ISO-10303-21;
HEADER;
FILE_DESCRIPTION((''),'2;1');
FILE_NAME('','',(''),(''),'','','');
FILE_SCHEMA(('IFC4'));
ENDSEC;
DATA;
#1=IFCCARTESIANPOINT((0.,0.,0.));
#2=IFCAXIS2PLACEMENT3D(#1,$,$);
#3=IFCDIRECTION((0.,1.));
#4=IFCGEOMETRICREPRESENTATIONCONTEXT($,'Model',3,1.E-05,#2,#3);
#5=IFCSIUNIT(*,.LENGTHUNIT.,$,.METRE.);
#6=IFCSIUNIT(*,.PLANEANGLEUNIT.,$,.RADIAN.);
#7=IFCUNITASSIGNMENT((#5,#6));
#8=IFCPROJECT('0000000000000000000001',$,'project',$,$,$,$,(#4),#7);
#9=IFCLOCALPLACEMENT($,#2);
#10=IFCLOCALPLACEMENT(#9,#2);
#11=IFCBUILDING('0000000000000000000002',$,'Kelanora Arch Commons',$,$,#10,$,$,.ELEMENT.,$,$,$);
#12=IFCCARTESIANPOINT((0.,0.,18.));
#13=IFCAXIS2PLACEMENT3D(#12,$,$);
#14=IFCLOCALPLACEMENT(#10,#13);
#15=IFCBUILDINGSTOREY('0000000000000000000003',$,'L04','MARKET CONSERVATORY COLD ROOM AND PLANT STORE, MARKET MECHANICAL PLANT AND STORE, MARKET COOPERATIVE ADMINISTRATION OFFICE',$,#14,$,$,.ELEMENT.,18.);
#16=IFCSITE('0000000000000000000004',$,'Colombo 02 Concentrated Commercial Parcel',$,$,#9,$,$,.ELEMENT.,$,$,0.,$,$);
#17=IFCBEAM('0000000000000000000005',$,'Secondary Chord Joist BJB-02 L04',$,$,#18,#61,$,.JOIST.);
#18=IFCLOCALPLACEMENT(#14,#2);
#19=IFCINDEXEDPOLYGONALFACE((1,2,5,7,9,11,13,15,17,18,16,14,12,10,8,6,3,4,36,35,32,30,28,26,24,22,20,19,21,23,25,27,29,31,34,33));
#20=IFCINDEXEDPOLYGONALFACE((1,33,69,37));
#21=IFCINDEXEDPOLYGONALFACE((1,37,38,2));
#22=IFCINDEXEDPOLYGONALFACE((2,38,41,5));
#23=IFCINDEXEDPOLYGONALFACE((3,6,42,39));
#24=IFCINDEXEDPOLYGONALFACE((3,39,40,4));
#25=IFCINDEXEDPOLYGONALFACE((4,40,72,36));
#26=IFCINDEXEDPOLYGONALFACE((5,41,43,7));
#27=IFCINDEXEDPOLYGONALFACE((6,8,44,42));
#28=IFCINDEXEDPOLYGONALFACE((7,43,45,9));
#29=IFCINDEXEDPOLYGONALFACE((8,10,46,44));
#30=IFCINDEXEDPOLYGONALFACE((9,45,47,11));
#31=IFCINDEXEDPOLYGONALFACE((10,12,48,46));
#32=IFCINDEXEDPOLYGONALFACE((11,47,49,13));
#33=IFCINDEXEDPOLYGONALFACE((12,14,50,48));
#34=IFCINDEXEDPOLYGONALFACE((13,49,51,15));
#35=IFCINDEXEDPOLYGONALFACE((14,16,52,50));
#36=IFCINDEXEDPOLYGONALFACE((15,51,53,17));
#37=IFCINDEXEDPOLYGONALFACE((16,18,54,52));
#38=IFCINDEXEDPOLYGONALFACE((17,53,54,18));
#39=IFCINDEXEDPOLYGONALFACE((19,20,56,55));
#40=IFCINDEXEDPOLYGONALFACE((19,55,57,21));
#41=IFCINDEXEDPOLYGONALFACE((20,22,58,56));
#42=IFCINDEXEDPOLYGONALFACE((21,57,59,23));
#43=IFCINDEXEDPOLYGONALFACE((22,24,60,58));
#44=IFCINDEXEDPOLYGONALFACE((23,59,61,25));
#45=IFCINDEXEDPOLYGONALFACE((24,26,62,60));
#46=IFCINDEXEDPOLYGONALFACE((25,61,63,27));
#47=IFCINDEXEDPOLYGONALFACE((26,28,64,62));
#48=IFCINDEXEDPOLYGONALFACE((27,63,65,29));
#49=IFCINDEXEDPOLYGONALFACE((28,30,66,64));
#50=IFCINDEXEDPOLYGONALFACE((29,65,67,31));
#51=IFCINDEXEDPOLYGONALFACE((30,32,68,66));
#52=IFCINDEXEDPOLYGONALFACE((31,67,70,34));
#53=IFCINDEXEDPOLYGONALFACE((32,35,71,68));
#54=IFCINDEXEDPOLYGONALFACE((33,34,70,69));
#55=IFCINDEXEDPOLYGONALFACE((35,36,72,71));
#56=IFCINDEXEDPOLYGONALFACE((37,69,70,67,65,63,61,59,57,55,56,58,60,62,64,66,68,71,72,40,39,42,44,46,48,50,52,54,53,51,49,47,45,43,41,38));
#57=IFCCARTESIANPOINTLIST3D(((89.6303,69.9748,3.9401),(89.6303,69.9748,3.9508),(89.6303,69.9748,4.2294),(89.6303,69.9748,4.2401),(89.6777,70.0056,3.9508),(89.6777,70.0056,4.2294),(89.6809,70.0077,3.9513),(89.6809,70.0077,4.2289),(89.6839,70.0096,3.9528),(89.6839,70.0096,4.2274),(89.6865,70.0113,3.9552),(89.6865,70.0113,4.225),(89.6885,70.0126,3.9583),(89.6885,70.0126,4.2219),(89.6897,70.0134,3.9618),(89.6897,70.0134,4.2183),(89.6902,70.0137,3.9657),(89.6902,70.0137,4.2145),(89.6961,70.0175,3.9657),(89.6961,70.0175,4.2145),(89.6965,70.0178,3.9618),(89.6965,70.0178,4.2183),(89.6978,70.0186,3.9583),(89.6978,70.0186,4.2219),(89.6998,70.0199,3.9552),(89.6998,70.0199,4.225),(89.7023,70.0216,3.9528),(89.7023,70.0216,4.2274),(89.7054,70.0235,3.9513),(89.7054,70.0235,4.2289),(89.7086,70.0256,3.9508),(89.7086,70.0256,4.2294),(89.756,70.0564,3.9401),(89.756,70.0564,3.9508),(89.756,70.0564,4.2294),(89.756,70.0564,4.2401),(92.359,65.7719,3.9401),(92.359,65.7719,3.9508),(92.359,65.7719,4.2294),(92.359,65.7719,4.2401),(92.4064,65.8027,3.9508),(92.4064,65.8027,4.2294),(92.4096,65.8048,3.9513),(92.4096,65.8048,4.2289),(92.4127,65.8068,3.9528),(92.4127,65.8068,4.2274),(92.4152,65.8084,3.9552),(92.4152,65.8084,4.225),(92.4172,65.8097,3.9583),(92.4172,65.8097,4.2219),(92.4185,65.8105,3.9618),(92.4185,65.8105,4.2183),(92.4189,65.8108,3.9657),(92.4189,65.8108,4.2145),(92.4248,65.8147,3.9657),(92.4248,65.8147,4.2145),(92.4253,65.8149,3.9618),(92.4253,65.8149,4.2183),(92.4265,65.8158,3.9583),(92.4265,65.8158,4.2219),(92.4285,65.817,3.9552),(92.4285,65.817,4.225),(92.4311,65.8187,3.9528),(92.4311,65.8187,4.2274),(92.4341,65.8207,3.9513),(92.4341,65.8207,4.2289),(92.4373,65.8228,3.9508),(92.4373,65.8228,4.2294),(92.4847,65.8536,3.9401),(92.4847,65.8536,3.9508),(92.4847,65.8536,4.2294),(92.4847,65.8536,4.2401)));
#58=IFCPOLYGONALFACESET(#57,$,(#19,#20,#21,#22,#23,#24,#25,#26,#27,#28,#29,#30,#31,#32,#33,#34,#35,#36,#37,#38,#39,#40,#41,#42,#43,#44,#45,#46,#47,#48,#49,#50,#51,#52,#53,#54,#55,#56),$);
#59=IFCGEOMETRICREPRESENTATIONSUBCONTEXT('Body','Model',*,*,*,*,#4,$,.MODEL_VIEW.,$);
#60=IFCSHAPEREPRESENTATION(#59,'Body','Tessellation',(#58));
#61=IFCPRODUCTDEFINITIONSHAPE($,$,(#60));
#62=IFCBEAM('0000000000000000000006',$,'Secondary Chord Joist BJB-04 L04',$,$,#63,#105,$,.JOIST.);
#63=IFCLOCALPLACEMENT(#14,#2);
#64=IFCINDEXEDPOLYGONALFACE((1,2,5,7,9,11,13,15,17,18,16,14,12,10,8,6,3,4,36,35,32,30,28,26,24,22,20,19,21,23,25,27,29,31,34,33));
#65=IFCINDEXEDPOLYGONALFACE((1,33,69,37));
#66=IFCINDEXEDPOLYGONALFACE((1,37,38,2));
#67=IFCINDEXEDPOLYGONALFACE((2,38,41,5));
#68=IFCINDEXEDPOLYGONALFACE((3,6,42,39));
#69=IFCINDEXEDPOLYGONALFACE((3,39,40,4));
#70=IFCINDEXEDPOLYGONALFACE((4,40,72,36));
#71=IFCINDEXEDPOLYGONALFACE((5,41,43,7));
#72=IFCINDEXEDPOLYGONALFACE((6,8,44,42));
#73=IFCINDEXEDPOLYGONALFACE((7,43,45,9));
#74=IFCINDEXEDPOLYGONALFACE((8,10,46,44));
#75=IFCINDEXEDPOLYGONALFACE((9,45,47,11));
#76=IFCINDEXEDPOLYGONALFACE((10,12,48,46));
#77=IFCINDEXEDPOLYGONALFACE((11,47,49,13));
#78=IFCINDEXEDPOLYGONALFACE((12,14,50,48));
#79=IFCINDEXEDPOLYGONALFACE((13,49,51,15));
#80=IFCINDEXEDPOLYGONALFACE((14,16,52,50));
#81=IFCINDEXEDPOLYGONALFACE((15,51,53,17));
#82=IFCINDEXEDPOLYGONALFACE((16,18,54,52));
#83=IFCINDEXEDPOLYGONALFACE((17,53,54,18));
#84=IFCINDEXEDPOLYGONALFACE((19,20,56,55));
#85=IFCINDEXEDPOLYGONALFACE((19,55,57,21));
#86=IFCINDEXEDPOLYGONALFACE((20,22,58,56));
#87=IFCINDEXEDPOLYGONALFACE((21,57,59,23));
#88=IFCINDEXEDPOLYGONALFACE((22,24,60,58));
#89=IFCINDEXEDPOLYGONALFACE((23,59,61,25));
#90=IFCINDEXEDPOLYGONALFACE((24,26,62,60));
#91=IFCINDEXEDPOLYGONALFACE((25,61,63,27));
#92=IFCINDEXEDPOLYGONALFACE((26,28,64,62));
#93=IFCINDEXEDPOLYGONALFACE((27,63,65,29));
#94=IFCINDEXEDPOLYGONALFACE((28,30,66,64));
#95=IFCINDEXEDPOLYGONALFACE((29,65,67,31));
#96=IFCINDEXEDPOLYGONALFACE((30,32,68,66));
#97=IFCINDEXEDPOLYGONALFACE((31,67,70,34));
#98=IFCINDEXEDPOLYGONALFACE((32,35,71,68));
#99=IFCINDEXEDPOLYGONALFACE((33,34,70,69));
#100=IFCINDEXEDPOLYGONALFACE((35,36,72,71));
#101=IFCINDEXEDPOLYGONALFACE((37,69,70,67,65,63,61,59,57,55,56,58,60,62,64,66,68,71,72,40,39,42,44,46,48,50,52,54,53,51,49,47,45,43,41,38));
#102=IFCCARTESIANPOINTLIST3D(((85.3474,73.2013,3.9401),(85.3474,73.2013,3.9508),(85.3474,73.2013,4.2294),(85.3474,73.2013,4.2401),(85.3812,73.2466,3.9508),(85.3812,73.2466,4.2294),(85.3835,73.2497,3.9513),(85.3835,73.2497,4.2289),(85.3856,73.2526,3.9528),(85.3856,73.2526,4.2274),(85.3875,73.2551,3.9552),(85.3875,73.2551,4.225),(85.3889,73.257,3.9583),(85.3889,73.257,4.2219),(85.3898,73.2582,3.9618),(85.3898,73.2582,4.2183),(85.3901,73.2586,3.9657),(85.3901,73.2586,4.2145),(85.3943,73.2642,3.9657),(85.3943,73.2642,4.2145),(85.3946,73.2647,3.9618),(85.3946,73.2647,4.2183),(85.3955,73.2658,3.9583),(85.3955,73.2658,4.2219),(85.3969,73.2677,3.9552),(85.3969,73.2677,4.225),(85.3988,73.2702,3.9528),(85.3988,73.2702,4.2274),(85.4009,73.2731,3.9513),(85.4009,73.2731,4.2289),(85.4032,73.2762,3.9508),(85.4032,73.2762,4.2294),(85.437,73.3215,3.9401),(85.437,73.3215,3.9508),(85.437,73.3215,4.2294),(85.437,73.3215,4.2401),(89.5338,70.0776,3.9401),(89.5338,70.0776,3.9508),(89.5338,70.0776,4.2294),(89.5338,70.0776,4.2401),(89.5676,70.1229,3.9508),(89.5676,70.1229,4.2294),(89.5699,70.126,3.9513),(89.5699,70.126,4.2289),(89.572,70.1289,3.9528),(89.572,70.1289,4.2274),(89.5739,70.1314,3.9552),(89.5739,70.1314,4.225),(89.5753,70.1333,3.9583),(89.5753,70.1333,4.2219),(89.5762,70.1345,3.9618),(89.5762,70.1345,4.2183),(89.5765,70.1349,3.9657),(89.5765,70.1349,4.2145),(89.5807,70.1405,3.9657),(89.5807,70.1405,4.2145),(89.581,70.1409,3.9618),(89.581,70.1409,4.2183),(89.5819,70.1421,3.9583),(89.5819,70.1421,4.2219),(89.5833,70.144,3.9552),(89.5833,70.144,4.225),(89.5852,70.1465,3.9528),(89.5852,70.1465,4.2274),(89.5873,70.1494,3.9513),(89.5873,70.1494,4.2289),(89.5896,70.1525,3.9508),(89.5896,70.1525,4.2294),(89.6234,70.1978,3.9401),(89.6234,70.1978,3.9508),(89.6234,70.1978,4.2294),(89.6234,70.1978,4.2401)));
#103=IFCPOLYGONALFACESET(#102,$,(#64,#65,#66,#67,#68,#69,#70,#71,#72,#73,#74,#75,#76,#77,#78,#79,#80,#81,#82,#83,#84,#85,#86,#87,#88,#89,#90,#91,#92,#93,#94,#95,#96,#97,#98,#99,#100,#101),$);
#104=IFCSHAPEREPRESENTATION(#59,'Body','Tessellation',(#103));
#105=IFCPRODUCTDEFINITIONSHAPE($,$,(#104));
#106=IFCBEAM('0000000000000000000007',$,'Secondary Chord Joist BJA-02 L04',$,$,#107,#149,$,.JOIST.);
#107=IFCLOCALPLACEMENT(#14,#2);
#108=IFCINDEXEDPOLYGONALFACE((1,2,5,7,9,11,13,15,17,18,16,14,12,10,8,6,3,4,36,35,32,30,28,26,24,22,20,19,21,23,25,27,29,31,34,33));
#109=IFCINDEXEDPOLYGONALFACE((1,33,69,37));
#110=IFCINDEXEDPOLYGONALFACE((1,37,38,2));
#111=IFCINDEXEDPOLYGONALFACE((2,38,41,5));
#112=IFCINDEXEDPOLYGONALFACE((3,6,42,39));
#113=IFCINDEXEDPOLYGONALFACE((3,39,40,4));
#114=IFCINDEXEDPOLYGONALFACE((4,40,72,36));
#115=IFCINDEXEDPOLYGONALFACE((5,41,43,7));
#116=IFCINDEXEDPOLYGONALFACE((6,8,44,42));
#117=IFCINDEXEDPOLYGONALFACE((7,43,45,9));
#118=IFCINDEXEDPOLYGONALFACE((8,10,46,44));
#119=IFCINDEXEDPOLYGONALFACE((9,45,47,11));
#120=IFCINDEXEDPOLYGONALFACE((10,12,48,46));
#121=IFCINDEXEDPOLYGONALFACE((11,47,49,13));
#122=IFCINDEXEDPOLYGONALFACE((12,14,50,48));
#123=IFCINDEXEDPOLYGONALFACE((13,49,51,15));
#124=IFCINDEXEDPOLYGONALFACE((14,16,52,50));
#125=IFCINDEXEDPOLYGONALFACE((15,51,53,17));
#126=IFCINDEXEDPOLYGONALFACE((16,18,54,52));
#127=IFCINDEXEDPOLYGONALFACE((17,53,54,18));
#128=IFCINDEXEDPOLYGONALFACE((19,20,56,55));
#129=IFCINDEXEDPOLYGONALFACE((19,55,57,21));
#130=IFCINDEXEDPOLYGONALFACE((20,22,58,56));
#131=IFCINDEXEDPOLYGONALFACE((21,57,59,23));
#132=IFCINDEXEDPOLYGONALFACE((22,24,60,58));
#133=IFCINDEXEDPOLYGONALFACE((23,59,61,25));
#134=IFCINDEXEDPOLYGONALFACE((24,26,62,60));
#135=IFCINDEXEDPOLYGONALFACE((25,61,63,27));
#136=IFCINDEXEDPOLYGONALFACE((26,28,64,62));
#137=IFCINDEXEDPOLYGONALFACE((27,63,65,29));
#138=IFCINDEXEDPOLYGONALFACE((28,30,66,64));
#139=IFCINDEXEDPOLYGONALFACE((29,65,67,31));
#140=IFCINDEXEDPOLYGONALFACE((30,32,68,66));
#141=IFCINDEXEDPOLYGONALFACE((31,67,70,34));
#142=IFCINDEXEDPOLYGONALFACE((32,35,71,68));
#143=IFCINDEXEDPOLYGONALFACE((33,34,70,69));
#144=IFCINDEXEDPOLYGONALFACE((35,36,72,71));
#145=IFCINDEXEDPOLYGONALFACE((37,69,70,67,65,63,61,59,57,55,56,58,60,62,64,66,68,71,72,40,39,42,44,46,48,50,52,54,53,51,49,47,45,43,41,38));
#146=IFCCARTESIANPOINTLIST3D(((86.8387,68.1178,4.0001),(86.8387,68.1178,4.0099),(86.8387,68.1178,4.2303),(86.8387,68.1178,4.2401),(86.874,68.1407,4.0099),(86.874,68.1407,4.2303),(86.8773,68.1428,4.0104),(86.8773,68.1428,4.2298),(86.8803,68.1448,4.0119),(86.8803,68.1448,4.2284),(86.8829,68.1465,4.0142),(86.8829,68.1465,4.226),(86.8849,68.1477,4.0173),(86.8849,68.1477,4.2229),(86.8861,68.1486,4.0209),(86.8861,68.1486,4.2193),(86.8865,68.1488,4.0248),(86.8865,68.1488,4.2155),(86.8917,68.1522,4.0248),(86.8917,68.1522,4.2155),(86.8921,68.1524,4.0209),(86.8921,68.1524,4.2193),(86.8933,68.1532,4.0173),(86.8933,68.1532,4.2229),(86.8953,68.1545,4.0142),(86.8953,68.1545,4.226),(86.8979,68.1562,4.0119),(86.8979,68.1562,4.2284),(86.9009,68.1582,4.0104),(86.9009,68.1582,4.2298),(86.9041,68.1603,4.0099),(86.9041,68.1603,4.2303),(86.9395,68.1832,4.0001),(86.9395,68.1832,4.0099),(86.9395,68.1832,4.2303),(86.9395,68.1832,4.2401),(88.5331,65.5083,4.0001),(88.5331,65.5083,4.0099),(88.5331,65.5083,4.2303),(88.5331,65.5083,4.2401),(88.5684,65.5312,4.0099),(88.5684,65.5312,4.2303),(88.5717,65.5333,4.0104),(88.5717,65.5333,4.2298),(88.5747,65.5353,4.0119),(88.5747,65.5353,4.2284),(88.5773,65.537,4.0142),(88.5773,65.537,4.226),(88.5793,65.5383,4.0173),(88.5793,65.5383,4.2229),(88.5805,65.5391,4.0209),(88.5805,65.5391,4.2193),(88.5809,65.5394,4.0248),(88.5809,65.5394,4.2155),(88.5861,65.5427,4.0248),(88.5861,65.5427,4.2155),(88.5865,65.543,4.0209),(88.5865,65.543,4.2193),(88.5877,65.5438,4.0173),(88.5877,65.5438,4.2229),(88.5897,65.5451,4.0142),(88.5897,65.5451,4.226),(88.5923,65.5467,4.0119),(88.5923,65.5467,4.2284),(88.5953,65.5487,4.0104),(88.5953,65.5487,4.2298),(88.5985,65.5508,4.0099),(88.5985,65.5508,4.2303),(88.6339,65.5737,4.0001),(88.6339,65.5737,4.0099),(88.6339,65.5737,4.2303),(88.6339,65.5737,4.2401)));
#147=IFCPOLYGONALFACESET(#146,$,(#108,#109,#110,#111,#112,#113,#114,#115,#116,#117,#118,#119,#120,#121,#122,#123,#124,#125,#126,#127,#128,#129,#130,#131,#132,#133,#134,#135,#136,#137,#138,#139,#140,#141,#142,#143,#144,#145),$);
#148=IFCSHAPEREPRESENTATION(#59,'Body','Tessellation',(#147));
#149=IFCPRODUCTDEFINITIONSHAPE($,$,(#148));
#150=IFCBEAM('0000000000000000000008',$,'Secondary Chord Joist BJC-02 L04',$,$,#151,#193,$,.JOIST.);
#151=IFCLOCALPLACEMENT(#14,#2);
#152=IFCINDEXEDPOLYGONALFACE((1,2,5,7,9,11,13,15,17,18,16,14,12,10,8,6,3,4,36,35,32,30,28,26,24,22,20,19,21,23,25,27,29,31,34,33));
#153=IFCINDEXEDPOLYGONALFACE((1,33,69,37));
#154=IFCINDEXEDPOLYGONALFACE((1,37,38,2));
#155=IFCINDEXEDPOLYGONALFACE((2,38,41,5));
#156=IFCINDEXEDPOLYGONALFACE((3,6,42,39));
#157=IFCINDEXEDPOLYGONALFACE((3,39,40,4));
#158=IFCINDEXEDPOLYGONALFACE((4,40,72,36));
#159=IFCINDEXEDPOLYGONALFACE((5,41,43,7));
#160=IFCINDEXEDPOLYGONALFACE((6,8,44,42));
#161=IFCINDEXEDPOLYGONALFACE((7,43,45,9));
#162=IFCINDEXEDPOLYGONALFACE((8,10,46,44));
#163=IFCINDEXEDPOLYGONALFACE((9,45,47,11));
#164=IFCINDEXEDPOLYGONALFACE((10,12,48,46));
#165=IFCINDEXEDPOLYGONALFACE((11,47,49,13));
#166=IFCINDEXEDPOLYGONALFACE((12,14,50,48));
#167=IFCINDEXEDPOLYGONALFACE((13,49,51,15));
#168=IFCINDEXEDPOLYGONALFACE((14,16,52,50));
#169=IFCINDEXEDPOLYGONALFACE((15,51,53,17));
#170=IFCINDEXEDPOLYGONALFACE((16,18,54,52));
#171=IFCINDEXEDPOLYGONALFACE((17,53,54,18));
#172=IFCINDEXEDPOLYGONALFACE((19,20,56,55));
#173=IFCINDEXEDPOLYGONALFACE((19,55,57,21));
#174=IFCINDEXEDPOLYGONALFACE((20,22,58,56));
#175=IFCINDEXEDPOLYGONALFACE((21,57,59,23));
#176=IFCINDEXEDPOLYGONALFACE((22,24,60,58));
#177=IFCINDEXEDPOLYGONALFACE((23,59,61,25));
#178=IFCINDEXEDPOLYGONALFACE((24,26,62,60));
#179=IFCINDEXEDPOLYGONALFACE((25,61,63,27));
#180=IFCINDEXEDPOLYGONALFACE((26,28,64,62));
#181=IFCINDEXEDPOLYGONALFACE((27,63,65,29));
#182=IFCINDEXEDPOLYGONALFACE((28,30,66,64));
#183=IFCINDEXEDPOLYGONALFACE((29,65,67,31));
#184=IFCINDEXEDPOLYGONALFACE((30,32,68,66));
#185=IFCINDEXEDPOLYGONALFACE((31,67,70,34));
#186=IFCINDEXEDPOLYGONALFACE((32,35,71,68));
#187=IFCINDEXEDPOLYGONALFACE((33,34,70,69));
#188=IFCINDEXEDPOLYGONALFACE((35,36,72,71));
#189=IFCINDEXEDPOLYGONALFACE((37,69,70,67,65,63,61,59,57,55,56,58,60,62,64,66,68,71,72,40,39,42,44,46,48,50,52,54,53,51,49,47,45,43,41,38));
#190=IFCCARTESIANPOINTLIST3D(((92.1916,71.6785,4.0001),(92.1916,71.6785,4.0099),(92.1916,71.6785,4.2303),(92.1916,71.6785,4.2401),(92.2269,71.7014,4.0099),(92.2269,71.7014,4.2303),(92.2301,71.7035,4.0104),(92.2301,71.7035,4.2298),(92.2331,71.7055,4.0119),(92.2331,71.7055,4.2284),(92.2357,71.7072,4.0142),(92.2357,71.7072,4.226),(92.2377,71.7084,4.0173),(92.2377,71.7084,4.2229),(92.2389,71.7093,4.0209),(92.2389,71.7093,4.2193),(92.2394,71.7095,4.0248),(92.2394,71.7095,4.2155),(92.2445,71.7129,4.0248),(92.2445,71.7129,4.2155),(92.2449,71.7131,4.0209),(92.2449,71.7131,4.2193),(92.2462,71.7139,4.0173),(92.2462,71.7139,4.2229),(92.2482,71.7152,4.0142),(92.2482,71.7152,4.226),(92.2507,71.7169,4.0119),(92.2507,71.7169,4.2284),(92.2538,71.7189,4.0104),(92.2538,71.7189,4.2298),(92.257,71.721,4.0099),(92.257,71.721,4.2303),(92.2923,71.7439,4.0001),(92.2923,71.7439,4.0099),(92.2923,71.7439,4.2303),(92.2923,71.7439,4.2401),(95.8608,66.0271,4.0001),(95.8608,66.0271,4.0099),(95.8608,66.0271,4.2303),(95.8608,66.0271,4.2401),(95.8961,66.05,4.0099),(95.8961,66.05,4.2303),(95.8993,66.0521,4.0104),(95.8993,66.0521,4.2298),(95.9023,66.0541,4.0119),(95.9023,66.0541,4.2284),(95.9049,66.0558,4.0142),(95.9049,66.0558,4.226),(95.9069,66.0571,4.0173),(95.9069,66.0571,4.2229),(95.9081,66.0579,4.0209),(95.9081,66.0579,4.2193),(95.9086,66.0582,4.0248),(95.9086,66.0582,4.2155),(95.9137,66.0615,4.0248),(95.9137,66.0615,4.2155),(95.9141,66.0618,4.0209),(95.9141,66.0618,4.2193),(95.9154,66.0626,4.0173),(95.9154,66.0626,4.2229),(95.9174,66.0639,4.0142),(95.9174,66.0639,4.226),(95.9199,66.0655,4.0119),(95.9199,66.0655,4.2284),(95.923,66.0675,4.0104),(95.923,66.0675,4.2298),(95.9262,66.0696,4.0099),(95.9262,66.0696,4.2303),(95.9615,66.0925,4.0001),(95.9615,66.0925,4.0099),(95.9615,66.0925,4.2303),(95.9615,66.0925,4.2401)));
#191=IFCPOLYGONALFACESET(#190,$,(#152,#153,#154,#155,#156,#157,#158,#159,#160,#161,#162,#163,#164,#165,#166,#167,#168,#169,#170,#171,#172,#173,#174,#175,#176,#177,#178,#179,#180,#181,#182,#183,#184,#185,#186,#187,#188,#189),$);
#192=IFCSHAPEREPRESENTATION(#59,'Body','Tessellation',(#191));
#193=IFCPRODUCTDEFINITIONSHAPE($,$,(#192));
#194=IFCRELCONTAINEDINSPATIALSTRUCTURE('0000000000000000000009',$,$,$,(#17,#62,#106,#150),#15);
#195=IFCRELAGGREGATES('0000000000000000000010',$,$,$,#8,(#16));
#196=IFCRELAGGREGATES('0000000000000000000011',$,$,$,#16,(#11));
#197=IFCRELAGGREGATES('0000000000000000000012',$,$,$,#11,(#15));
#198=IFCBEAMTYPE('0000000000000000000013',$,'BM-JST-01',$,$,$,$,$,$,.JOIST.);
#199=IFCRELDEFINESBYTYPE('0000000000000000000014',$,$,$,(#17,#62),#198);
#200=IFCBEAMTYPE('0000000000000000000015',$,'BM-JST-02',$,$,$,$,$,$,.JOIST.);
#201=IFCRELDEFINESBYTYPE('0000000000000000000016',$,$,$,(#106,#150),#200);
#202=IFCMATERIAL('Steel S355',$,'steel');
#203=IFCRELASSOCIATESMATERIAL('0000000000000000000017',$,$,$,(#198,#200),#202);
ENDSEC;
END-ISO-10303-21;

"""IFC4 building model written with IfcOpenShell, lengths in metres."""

from ifc_helpers import new_model, si_unit, direction, frame, origin, origin_2d, place, context, subcontext, project, spatial, i_section, extrude, material, material_profile, profile_set, type_object, element, save


model = new_model("IFC4")

# Units and contexts
model_context = context("Model", 3, precision=1e-05, world=origin(), true_north=direction((0.0, 1.0)))
body_context = subcontext(model_context, "Body", "Model", "MODEL_VIEW")
ifc_project = project(units=[si_unit("LENGTHUNIT", "METRE"), si_unit("PLANEANGLEUNIT", "RADIAN")], contexts=[model_context])

# Site, building, storey
site_placement = place(None, origin())
site = spatial("IfcSite", under=ifc_project, at=site_placement, Name="Colombo 02 Concentrated Commercial Parcel", CompositionType="ELEMENT", RefElevation=0.0)
building_placement = place(site_placement, origin())
building = spatial("IfcBuilding", under=site, at=building_placement, Name="Kelanora Arch Commons", CompositionType="ELEMENT")
storey_placement = place(building_placement, frame((0.0, 0.0, 18.0)))
storey = spatial("IfcBuildingStorey", under=building, at=storey_placement, Name="L04", Description="MARKET CONSERVATORY COLD ROOM AND PLANT STORE, MARKET MECHANICAL PLANT AND STORE, MARKET COOPERATIVE ADMINISTRATION OFFICE", CompositionType="ELEMENT", Elevation=18.0)

# Beams
ifc_material_1 = material(Name="Steel S355", Category="steel")
ifc_material_profile_1 = material_profile(ifc_material_1, i_section(OverallWidth=0.1499, OverallDepth=0.3, WebThickness=0.0071, FlangeThickness=0.0107, FilletRadius=0.0149, at=origin_2d()), Name="IPE300")
ifc_profile_set_1 = profile_set([ifc_material_profile_1], Name="Steel S355")
beam_type_1 = type_object("IfcBeamType", Name="BM-JST-01", PredefinedType="JOIST", material=ifc_profile_set_1)
beam_1_placement = place(storey_placement, frame((92.4219, 65.8127, 4.0901), z_axis=(-0.544552, 0.838727, 0.0), x_axis=(-0.838727, -0.544552, 0.0)))
element("IfcBeam", 1, at=beam_1_placement, inside=storey, type_object=beam_type_1, Name="Secondary Chord Joist BJB-02 L04", PredefinedType="JOIST", context=body_context, shape_type="SweptSolid", body=[
    extrude(i_section(OverallWidth=0.1499, OverallDepth=0.3, WebThickness=0.0071, FlangeThickness=0.0107, FilletRadius=0.0149, at=origin_2d()), origin(), (0.0, 0.0, 1.0), 5.011),
])
beam_2_placement = place(storey_placement, frame((89.5786, 70.1377, 4.0901), z_axis=(-0.801478, 0.598024, 0.0), x_axis=(-0.598024, -0.801478, 0.0)))
element("IfcBeam", 2, at=beam_2_placement, inside=storey, type_object=beam_type_1, Name="Secondary Chord Joist BJB-04 L04", PredefinedType="JOIST", context=body_context, shape_type="SweptSolid", body=[
    extrude(i_section(OverallWidth=0.1499, OverallDepth=0.3, WebThickness=0.0071, FlangeThickness=0.0107, FilletRadius=0.0149, at=origin_2d()), origin(), (0.0, 0.0, 1.0), 5.2234),
])
ifc_material_profile_2 = material_profile(ifc_material_1, i_section(OverallWidth=0.1201, OverallDepth=0.24, WebThickness=0.0061, FlangeThickness=0.0098, FilletRadius=0.0149, at=origin_2d()), Name="IPE240")
ifc_profile_set_2 = profile_set([ifc_material_profile_2], Name="Steel S355")
beam_type_2 = type_object("IfcBeamType", Name="BM-JST-02", PredefinedType="JOIST", material=ifc_profile_set_2)
beam_3_placement = place(storey_placement, frame((88.5835, 65.541, 4.1201), z_axis=(-0.544591, 0.838702, 0.0), x_axis=(-0.838702, -0.544591, 0.0)))
element("IfcBeam", 3, at=beam_3_placement, inside=storey, type_object=beam_type_2, Name="Secondary Chord Joist BJA-02 L04", PredefinedType="JOIST", context=body_context, shape_type="SweptSolid", body=[
    extrude(i_section(OverallWidth=0.1201, OverallDepth=0.24, WebThickness=0.0061, FlangeThickness=0.0098, FilletRadius=0.0149, at=origin_2d()), origin(), (0.0, 0.0, 1.0), 3.1113),
])
beam_4_placement = place(storey_placement, frame((95.9111, 66.0598, 4.1201), z_axis=(-0.54455, 0.838728, 0.0), x_axis=(-0.838728, -0.54455, 0.0)))
element("IfcBeam", 4, at=beam_4_placement, inside=storey, type_object=beam_type_2, Name="Secondary Chord Joist BJC-02 L04", PredefinedType="JOIST", context=body_context, shape_type="SweptSolid", body=[
    extrude(i_section(OverallWidth=0.1201, OverallDepth=0.24, WebThickness=0.0061, FlangeThickness=0.0098, FilletRadius=0.0149, at=origin_2d()), origin(), (0.0, 0.0, 1.0), 6.738),
])

save(model, "model.ifc")
